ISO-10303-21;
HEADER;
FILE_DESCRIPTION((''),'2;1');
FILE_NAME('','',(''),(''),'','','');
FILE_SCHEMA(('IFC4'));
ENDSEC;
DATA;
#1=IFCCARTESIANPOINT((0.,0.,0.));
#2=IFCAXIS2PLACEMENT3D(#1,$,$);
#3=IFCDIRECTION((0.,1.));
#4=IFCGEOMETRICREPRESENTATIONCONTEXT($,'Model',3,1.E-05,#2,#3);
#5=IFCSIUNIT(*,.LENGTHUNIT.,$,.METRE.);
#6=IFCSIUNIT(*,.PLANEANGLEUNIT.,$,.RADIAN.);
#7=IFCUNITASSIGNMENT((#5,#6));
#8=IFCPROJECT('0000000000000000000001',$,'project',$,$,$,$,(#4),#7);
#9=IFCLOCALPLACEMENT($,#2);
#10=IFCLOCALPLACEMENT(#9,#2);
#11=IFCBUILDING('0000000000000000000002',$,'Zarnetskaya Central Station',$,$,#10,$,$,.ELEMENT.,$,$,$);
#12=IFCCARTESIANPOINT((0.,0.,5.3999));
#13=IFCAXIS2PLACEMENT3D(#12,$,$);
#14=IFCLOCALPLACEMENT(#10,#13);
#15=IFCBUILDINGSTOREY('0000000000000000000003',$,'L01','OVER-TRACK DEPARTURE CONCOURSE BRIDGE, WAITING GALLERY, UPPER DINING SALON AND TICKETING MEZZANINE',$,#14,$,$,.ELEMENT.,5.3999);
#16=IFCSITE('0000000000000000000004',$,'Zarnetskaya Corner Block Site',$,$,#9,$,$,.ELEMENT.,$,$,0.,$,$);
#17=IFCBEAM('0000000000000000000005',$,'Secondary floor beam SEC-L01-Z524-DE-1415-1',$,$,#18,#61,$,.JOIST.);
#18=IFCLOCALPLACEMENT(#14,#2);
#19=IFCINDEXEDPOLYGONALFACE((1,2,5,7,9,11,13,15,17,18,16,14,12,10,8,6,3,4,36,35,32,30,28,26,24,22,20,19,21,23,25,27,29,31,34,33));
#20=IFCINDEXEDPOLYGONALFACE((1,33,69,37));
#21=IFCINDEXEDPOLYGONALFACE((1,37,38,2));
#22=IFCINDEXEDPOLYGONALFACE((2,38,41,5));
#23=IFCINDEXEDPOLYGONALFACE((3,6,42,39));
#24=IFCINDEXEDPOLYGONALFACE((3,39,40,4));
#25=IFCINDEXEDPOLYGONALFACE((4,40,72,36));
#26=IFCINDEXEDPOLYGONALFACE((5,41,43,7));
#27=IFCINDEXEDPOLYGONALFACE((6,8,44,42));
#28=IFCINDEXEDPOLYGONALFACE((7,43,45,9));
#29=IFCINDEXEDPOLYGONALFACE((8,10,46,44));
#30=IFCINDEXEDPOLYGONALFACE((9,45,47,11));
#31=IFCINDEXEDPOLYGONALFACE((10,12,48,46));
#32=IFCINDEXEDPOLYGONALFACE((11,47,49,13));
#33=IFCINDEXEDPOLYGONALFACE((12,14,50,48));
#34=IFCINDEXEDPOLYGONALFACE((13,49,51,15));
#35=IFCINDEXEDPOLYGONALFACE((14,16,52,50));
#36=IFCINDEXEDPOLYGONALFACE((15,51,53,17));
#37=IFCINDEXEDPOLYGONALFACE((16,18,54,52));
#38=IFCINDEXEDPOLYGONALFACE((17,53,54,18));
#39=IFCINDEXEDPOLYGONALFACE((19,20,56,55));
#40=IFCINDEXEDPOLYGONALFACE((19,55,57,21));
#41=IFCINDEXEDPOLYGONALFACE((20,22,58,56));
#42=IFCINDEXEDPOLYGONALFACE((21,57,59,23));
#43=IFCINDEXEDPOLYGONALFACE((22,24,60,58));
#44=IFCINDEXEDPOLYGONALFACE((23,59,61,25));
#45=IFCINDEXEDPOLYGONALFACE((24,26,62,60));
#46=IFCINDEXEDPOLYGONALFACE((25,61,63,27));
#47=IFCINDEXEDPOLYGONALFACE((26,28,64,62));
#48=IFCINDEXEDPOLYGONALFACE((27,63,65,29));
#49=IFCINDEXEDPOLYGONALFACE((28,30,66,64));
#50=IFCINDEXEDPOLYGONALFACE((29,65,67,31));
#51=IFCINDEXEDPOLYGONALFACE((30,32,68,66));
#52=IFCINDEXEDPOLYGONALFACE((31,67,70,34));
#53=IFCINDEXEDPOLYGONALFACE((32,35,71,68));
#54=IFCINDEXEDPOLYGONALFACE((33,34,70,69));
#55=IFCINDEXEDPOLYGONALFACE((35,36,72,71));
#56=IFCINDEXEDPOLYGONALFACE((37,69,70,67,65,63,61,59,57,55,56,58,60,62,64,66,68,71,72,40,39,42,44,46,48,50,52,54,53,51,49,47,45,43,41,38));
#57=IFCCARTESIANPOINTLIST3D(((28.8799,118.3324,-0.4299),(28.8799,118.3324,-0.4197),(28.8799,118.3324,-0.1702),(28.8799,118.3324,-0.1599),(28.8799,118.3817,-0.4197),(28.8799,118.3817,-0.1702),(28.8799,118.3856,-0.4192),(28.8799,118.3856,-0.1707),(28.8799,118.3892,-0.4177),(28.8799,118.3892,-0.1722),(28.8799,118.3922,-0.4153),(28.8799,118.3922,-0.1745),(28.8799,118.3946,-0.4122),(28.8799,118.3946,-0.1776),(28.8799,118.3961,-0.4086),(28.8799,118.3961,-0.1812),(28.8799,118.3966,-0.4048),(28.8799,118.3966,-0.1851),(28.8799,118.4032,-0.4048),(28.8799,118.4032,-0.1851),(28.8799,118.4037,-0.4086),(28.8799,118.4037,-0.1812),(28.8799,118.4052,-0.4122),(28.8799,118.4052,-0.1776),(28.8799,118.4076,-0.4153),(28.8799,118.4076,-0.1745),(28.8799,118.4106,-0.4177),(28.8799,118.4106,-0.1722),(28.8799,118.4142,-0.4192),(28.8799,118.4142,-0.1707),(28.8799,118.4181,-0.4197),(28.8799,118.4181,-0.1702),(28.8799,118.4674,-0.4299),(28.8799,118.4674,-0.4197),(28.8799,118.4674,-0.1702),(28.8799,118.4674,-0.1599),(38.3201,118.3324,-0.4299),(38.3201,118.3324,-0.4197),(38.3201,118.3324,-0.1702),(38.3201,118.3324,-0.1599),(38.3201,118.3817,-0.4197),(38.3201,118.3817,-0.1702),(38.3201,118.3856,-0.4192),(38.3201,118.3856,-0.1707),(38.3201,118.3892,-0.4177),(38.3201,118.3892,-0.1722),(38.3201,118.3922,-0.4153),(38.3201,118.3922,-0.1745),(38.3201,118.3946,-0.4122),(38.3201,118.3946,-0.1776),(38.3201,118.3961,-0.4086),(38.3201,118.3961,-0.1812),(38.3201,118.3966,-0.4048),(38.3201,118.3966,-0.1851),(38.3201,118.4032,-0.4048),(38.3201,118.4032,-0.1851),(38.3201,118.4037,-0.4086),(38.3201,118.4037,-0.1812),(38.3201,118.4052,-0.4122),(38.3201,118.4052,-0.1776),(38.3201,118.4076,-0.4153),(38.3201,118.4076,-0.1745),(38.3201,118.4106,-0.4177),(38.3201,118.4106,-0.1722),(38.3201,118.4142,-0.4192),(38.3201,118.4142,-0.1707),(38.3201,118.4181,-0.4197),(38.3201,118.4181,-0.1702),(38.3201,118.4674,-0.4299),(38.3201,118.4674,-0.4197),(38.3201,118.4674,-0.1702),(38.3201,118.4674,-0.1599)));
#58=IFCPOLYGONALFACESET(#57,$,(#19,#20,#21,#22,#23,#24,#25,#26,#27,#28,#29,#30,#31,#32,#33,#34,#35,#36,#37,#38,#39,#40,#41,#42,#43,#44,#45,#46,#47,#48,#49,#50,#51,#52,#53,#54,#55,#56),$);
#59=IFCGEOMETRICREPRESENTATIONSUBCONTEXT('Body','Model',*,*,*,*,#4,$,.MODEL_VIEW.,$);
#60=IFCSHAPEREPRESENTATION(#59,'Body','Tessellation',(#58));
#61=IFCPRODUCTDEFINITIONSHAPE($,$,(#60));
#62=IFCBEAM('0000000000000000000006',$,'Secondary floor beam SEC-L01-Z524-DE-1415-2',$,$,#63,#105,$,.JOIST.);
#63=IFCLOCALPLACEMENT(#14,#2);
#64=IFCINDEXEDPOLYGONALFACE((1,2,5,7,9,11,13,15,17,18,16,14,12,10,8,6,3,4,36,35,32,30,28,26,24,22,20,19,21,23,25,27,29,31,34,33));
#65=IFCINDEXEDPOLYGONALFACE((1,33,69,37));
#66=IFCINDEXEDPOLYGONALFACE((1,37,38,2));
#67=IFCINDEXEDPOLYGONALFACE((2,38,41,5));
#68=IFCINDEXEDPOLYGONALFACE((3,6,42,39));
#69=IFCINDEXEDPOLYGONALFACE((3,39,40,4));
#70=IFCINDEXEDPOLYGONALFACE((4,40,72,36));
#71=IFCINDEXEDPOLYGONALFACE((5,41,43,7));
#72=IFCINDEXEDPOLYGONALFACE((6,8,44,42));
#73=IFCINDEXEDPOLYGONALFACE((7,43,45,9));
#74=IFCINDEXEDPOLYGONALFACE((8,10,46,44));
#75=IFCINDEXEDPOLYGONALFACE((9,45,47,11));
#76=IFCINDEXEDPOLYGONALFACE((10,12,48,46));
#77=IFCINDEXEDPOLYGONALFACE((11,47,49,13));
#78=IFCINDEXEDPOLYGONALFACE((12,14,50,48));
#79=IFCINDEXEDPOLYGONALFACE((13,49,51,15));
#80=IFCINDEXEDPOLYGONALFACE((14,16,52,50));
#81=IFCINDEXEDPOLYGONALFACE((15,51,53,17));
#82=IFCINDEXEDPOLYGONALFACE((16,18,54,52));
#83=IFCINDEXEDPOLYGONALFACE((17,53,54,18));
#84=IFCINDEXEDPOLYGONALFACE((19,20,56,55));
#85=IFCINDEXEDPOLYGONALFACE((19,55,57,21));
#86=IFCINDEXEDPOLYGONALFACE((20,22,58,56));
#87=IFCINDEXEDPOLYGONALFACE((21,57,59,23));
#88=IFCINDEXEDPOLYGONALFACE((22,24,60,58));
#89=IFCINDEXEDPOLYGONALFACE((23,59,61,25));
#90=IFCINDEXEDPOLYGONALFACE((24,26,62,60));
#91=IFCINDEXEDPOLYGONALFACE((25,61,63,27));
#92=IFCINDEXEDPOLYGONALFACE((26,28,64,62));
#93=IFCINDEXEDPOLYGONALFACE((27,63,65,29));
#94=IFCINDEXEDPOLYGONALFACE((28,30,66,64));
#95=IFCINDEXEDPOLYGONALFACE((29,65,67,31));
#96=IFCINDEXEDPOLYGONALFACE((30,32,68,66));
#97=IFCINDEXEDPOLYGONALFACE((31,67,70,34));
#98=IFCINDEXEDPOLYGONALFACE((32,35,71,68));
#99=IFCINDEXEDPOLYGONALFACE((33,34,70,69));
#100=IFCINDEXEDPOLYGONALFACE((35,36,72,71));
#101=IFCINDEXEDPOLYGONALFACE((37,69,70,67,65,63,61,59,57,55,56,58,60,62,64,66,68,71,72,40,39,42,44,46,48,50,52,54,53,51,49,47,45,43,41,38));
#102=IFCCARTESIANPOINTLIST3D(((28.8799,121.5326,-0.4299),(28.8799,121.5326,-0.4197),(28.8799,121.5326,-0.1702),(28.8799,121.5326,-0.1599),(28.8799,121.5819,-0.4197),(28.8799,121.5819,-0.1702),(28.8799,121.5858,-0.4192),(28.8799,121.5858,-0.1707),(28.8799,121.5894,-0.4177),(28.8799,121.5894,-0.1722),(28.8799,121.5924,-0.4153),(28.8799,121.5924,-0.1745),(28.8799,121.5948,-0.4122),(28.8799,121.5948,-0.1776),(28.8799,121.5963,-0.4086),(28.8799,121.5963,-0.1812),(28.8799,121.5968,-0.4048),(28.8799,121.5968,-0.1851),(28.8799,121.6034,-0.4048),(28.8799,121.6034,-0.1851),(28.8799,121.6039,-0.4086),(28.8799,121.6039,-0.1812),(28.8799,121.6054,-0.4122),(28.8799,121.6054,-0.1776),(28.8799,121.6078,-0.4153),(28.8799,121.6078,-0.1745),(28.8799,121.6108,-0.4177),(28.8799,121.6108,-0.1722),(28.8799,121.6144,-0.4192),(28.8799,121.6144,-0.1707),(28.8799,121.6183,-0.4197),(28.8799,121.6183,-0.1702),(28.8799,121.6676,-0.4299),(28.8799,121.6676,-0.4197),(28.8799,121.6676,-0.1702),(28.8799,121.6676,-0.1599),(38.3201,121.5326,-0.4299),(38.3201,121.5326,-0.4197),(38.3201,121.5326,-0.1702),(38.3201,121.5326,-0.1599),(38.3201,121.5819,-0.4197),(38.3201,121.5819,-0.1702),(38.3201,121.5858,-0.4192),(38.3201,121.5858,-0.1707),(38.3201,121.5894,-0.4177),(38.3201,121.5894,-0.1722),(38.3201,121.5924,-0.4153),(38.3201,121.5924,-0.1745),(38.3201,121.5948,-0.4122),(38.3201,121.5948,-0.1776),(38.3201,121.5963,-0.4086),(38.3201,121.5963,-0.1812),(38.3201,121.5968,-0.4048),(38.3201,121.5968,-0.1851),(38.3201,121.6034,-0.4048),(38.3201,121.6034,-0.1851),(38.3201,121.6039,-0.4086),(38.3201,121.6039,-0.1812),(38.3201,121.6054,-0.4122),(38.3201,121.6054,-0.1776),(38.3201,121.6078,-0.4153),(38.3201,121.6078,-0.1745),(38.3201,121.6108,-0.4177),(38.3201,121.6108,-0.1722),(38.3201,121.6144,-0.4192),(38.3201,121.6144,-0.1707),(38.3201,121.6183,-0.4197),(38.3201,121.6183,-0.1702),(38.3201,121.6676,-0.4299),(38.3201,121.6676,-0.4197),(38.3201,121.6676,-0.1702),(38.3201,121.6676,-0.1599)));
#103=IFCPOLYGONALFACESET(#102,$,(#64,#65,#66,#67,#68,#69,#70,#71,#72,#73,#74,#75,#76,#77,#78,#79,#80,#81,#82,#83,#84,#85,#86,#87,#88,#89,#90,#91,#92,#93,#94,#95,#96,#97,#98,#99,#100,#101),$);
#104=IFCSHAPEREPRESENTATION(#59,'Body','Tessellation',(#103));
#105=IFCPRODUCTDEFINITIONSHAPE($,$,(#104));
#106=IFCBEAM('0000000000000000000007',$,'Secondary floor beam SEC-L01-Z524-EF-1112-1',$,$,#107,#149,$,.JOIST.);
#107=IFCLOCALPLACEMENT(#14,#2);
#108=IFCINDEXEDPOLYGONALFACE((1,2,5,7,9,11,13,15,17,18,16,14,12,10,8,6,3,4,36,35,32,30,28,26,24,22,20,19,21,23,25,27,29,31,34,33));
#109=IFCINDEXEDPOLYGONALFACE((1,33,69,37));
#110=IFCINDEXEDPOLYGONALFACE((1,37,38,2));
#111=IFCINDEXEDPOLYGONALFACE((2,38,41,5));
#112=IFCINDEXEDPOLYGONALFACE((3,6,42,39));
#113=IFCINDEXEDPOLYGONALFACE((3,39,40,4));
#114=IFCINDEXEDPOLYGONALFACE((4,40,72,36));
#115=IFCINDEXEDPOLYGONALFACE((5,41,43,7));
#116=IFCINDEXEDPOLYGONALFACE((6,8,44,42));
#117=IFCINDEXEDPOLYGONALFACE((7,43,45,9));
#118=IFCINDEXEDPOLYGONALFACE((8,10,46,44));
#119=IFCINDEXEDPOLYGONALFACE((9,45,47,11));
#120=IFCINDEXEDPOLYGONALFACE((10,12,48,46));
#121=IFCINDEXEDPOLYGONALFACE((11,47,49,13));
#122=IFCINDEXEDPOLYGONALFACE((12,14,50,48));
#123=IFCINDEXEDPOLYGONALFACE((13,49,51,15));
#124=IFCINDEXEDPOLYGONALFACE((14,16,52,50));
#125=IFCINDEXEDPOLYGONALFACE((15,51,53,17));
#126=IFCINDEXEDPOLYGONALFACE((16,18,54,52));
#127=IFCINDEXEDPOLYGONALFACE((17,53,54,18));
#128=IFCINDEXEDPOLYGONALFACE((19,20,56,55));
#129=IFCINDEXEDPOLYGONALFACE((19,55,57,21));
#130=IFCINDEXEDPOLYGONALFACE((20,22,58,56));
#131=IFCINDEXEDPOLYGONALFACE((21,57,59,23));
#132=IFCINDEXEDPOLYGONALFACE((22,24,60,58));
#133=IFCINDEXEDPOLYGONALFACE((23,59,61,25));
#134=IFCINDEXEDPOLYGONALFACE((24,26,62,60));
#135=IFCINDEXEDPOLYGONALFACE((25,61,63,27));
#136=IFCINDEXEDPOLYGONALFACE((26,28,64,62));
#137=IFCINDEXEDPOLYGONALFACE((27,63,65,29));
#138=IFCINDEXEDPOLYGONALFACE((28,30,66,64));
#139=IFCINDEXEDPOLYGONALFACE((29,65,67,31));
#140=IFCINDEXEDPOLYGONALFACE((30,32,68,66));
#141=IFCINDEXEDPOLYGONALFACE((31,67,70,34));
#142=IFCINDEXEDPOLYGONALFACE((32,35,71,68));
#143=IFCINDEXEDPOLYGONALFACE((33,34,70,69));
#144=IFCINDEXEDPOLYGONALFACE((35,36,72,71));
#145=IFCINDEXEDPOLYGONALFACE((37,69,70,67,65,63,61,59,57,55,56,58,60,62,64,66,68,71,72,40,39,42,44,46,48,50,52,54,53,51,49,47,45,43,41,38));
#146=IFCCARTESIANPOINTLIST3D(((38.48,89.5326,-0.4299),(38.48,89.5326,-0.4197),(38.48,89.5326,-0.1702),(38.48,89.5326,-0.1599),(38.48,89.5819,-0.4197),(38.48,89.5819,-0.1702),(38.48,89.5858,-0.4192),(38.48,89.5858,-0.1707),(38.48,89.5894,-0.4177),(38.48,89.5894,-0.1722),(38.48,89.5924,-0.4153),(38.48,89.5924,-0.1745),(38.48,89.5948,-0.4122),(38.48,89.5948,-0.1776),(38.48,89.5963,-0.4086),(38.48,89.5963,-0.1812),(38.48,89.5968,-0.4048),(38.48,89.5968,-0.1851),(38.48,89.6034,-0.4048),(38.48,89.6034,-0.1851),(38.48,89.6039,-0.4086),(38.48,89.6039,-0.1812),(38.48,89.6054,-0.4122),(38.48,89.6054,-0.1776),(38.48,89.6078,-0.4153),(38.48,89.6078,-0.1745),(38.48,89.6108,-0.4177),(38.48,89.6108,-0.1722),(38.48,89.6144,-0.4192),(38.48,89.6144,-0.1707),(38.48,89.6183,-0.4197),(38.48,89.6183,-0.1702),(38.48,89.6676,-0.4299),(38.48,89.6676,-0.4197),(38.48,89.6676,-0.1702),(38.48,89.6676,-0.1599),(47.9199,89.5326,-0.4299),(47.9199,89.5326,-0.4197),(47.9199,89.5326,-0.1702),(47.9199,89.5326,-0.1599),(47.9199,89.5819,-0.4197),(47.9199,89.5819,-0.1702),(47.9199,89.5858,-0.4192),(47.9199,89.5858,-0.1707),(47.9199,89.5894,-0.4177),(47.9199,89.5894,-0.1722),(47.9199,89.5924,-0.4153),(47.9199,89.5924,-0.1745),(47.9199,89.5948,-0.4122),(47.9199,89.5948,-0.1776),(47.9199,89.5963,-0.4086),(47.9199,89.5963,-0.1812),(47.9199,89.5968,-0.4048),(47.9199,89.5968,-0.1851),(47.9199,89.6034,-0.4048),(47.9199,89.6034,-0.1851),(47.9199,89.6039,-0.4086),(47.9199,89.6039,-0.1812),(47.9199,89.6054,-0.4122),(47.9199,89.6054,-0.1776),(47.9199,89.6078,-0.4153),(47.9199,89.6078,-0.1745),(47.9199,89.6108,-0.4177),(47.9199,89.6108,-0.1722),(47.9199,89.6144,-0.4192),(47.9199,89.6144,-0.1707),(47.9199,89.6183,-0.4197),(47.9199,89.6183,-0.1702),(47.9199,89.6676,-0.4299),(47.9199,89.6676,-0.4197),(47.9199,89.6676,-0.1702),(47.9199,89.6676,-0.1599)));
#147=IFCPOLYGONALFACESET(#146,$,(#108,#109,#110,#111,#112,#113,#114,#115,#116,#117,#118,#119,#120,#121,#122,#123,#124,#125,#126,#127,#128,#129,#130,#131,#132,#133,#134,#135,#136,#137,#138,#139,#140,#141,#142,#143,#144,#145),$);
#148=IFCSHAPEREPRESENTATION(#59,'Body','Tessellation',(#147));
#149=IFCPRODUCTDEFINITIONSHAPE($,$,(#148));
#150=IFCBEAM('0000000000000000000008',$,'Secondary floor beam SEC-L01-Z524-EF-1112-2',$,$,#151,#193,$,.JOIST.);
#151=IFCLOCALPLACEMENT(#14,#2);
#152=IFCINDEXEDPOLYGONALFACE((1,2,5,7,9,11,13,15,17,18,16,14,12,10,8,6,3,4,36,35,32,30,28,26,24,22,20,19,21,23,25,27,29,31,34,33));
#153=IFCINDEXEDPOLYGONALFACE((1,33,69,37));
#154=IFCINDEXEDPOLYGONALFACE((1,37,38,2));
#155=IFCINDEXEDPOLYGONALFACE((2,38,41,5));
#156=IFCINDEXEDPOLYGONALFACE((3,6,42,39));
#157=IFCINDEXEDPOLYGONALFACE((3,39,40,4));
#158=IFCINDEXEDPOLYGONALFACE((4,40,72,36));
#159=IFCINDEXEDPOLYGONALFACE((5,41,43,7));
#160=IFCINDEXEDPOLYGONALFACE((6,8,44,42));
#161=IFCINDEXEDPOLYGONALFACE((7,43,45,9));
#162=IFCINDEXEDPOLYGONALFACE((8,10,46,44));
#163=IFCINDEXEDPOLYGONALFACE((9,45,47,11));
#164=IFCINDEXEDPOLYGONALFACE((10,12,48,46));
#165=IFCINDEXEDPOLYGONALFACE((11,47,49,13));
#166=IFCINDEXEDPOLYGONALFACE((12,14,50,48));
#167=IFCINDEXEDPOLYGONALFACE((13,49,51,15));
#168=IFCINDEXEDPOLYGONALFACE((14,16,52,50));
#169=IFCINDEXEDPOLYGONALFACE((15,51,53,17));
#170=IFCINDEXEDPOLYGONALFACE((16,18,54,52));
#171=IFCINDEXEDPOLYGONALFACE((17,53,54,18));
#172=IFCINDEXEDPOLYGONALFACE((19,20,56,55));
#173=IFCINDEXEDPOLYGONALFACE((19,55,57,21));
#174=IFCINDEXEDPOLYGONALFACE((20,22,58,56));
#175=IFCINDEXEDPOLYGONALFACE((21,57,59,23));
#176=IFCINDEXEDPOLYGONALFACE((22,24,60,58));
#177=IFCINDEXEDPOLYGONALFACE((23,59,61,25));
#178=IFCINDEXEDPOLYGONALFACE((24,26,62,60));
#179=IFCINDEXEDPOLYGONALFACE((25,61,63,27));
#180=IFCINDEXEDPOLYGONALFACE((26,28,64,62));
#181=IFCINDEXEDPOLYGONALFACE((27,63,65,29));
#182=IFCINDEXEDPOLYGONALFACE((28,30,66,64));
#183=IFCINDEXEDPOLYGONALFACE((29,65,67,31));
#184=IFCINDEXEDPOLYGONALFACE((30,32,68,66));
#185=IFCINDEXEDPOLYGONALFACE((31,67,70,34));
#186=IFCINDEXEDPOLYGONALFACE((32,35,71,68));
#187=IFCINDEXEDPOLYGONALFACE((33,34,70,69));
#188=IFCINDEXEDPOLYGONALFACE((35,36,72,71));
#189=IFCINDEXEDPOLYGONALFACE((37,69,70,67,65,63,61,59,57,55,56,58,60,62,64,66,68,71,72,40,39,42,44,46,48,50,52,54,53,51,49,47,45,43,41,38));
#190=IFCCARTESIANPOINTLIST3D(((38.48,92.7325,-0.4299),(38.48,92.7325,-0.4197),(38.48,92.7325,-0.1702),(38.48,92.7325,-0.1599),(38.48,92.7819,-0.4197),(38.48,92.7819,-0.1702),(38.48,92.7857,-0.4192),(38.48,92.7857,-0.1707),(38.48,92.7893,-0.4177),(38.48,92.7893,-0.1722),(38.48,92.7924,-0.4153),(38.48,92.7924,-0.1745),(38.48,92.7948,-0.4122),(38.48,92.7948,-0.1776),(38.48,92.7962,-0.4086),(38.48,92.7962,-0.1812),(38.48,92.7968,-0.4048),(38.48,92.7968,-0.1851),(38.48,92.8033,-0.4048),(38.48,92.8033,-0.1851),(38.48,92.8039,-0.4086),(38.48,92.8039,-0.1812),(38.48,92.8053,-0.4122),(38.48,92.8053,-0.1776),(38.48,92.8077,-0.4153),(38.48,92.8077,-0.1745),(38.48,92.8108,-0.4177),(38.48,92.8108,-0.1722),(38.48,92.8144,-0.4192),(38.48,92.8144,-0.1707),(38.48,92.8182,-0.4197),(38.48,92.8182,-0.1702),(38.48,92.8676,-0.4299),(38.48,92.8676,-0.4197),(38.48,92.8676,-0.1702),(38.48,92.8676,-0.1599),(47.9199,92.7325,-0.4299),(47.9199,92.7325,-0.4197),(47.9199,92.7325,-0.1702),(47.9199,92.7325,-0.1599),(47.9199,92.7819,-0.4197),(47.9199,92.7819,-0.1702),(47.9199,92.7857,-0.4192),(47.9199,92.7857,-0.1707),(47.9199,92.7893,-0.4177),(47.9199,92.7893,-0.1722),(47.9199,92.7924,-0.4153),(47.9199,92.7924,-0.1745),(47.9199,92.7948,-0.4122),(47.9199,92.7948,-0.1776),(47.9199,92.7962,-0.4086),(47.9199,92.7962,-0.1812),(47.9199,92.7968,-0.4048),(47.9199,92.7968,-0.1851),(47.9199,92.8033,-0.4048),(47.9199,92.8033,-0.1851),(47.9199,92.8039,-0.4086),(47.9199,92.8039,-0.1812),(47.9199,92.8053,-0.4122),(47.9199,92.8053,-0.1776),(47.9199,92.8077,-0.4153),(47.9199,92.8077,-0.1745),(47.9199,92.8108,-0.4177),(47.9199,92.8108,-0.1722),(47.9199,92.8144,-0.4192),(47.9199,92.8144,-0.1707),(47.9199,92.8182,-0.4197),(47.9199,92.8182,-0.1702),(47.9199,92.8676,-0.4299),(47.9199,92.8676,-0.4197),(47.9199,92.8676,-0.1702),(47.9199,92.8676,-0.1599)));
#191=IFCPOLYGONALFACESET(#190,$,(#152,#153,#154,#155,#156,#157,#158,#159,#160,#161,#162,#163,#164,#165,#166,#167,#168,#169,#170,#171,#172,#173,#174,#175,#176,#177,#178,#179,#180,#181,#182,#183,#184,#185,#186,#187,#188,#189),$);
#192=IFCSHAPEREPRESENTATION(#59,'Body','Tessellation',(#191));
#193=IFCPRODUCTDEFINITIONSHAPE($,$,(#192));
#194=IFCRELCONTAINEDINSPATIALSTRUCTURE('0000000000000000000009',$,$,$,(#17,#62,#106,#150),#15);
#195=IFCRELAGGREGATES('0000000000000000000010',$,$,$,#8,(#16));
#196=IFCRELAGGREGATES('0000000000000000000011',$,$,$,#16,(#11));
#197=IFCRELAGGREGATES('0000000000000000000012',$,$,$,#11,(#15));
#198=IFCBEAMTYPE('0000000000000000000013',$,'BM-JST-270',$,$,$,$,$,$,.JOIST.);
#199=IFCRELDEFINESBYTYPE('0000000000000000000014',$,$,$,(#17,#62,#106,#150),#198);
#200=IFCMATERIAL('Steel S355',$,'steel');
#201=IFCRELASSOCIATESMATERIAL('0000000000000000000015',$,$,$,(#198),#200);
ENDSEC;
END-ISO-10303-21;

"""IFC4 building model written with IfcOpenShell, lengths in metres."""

from ifc_helpers import new_model, si_unit, direction, frame, origin, origin_2d, place, context, subcontext, project, spatial, i_section, extrude, material, material_profile, profile_set, type_object, element, save


model = new_model("IFC4")

# Units and contexts
model_context = context("Model", 3, precision=1e-05, world=origin(), true_north=direction((0.0, 1.0)))
body_context = subcontext(model_context, "Body", "Model", "MODEL_VIEW")
ifc_project = project(units=[si_unit("LENGTHUNIT", "METRE"), si_unit("PLANEANGLEUNIT", "RADIAN")], contexts=[model_context])

# Site, building, storey
site_placement = place(None, origin())
site = spatial("IfcSite", under=ifc_project, at=site_placement, Name="Zarnetskaya Corner Block Site", CompositionType="ELEMENT", RefElevation=0.0)
building_placement = place(site_placement, origin())
building = spatial("IfcBuilding", under=site, at=building_placement, Name="Zarnetskaya Central Station", CompositionType="ELEMENT")
storey_placement = place(building_placement, frame((0.0, 0.0, 5.3999)))
storey = spatial("IfcBuildingStorey", under=building, at=storey_placement, Name="L01", Description="OVER-TRACK DEPARTURE CONCOURSE BRIDGE, WAITING GALLERY, UPPER DINING SALON AND TICKETING MEZZANINE", CompositionType="ELEMENT", Elevation=5.3999)

# Shared definitions
ifc_material_1 = material(Name="Steel S355", Category="steel")

# Beams
ifc_material_profile_1 = material_profile(ifc_material_1, i_section(OverallWidth=0.135, OverallDepth=0.27, WebThickness=0.0066, FlangeThickness=0.0103, FilletRadius=0.0149, at=origin_2d()), Name="IPE 270")
ifc_profile_set_1 = profile_set([ifc_material_profile_1], Name="Steel S355")
beam_type_1 = type_object("IfcBeamType", Name="BM-JST-270", PredefinedType="JOIST", material=ifc_profile_set_1)
for number, where, z_axis, x_axis, name in (
    (1, (28.8799, 118.3999, -0.2949), (1.0, 0.0, 0.0), (0.0, 1.0, 0.0), "Secondary floor beam SEC-L01-Z524-DE-1415-1"),
    (2, (28.8799, 121.6001, -0.2949), (1.0, 0.0, 0.0), (0.0, 1.0, 0.0), "Secondary floor beam SEC-L01-Z524-DE-1415-2"),
):
    element("IfcBeam", number, at=place(storey_placement, frame(where, z_axis=z_axis, x_axis=x_axis)), inside=storey, type_object=beam_type_1, Name=name, PredefinedType="JOIST", context=body_context, shape_type="SweptSolid", body=[
        extrude(i_section(OverallWidth=0.135, OverallDepth=0.27, WebThickness=0.0066, FlangeThickness=0.0103, FilletRadius=0.0149, at=origin_2d()), origin(), (0.0, 0.0, 1.0), 9.4402),
    ])
for number, where, z_axis, x_axis, name in (
    (3, (38.48, 89.6001, -0.2949), (1.0, 0.0, 0.0), (0.0, 1.0, 0.0), "Secondary floor beam SEC-L01-Z524-EF-1112-1"),
    (4, (38.48, 92.8, -0.2949), (1.0, 0.0, 0.0), (0.0, 1.0, 0.0), "Secondary floor beam SEC-L01-Z524-EF-1112-2"),
):
    element("IfcBeam", number, at=place(storey_placement, frame(where, z_axis=z_axis, x_axis=x_axis)), inside=storey, type_object=beam_type_1, Name=name, PredefinedType="JOIST", context=body_context, shape_type="SweptSolid", body=[
        extrude(i_section(OverallWidth=0.135, OverallDepth=0.27, WebThickness=0.0066, FlangeThickness=0.0103, FilletRadius=0.0149, at=origin_2d()), origin(), (0.0, 0.0, 1.0), 9.4399),
    ])

save(model, "model.ifc")
